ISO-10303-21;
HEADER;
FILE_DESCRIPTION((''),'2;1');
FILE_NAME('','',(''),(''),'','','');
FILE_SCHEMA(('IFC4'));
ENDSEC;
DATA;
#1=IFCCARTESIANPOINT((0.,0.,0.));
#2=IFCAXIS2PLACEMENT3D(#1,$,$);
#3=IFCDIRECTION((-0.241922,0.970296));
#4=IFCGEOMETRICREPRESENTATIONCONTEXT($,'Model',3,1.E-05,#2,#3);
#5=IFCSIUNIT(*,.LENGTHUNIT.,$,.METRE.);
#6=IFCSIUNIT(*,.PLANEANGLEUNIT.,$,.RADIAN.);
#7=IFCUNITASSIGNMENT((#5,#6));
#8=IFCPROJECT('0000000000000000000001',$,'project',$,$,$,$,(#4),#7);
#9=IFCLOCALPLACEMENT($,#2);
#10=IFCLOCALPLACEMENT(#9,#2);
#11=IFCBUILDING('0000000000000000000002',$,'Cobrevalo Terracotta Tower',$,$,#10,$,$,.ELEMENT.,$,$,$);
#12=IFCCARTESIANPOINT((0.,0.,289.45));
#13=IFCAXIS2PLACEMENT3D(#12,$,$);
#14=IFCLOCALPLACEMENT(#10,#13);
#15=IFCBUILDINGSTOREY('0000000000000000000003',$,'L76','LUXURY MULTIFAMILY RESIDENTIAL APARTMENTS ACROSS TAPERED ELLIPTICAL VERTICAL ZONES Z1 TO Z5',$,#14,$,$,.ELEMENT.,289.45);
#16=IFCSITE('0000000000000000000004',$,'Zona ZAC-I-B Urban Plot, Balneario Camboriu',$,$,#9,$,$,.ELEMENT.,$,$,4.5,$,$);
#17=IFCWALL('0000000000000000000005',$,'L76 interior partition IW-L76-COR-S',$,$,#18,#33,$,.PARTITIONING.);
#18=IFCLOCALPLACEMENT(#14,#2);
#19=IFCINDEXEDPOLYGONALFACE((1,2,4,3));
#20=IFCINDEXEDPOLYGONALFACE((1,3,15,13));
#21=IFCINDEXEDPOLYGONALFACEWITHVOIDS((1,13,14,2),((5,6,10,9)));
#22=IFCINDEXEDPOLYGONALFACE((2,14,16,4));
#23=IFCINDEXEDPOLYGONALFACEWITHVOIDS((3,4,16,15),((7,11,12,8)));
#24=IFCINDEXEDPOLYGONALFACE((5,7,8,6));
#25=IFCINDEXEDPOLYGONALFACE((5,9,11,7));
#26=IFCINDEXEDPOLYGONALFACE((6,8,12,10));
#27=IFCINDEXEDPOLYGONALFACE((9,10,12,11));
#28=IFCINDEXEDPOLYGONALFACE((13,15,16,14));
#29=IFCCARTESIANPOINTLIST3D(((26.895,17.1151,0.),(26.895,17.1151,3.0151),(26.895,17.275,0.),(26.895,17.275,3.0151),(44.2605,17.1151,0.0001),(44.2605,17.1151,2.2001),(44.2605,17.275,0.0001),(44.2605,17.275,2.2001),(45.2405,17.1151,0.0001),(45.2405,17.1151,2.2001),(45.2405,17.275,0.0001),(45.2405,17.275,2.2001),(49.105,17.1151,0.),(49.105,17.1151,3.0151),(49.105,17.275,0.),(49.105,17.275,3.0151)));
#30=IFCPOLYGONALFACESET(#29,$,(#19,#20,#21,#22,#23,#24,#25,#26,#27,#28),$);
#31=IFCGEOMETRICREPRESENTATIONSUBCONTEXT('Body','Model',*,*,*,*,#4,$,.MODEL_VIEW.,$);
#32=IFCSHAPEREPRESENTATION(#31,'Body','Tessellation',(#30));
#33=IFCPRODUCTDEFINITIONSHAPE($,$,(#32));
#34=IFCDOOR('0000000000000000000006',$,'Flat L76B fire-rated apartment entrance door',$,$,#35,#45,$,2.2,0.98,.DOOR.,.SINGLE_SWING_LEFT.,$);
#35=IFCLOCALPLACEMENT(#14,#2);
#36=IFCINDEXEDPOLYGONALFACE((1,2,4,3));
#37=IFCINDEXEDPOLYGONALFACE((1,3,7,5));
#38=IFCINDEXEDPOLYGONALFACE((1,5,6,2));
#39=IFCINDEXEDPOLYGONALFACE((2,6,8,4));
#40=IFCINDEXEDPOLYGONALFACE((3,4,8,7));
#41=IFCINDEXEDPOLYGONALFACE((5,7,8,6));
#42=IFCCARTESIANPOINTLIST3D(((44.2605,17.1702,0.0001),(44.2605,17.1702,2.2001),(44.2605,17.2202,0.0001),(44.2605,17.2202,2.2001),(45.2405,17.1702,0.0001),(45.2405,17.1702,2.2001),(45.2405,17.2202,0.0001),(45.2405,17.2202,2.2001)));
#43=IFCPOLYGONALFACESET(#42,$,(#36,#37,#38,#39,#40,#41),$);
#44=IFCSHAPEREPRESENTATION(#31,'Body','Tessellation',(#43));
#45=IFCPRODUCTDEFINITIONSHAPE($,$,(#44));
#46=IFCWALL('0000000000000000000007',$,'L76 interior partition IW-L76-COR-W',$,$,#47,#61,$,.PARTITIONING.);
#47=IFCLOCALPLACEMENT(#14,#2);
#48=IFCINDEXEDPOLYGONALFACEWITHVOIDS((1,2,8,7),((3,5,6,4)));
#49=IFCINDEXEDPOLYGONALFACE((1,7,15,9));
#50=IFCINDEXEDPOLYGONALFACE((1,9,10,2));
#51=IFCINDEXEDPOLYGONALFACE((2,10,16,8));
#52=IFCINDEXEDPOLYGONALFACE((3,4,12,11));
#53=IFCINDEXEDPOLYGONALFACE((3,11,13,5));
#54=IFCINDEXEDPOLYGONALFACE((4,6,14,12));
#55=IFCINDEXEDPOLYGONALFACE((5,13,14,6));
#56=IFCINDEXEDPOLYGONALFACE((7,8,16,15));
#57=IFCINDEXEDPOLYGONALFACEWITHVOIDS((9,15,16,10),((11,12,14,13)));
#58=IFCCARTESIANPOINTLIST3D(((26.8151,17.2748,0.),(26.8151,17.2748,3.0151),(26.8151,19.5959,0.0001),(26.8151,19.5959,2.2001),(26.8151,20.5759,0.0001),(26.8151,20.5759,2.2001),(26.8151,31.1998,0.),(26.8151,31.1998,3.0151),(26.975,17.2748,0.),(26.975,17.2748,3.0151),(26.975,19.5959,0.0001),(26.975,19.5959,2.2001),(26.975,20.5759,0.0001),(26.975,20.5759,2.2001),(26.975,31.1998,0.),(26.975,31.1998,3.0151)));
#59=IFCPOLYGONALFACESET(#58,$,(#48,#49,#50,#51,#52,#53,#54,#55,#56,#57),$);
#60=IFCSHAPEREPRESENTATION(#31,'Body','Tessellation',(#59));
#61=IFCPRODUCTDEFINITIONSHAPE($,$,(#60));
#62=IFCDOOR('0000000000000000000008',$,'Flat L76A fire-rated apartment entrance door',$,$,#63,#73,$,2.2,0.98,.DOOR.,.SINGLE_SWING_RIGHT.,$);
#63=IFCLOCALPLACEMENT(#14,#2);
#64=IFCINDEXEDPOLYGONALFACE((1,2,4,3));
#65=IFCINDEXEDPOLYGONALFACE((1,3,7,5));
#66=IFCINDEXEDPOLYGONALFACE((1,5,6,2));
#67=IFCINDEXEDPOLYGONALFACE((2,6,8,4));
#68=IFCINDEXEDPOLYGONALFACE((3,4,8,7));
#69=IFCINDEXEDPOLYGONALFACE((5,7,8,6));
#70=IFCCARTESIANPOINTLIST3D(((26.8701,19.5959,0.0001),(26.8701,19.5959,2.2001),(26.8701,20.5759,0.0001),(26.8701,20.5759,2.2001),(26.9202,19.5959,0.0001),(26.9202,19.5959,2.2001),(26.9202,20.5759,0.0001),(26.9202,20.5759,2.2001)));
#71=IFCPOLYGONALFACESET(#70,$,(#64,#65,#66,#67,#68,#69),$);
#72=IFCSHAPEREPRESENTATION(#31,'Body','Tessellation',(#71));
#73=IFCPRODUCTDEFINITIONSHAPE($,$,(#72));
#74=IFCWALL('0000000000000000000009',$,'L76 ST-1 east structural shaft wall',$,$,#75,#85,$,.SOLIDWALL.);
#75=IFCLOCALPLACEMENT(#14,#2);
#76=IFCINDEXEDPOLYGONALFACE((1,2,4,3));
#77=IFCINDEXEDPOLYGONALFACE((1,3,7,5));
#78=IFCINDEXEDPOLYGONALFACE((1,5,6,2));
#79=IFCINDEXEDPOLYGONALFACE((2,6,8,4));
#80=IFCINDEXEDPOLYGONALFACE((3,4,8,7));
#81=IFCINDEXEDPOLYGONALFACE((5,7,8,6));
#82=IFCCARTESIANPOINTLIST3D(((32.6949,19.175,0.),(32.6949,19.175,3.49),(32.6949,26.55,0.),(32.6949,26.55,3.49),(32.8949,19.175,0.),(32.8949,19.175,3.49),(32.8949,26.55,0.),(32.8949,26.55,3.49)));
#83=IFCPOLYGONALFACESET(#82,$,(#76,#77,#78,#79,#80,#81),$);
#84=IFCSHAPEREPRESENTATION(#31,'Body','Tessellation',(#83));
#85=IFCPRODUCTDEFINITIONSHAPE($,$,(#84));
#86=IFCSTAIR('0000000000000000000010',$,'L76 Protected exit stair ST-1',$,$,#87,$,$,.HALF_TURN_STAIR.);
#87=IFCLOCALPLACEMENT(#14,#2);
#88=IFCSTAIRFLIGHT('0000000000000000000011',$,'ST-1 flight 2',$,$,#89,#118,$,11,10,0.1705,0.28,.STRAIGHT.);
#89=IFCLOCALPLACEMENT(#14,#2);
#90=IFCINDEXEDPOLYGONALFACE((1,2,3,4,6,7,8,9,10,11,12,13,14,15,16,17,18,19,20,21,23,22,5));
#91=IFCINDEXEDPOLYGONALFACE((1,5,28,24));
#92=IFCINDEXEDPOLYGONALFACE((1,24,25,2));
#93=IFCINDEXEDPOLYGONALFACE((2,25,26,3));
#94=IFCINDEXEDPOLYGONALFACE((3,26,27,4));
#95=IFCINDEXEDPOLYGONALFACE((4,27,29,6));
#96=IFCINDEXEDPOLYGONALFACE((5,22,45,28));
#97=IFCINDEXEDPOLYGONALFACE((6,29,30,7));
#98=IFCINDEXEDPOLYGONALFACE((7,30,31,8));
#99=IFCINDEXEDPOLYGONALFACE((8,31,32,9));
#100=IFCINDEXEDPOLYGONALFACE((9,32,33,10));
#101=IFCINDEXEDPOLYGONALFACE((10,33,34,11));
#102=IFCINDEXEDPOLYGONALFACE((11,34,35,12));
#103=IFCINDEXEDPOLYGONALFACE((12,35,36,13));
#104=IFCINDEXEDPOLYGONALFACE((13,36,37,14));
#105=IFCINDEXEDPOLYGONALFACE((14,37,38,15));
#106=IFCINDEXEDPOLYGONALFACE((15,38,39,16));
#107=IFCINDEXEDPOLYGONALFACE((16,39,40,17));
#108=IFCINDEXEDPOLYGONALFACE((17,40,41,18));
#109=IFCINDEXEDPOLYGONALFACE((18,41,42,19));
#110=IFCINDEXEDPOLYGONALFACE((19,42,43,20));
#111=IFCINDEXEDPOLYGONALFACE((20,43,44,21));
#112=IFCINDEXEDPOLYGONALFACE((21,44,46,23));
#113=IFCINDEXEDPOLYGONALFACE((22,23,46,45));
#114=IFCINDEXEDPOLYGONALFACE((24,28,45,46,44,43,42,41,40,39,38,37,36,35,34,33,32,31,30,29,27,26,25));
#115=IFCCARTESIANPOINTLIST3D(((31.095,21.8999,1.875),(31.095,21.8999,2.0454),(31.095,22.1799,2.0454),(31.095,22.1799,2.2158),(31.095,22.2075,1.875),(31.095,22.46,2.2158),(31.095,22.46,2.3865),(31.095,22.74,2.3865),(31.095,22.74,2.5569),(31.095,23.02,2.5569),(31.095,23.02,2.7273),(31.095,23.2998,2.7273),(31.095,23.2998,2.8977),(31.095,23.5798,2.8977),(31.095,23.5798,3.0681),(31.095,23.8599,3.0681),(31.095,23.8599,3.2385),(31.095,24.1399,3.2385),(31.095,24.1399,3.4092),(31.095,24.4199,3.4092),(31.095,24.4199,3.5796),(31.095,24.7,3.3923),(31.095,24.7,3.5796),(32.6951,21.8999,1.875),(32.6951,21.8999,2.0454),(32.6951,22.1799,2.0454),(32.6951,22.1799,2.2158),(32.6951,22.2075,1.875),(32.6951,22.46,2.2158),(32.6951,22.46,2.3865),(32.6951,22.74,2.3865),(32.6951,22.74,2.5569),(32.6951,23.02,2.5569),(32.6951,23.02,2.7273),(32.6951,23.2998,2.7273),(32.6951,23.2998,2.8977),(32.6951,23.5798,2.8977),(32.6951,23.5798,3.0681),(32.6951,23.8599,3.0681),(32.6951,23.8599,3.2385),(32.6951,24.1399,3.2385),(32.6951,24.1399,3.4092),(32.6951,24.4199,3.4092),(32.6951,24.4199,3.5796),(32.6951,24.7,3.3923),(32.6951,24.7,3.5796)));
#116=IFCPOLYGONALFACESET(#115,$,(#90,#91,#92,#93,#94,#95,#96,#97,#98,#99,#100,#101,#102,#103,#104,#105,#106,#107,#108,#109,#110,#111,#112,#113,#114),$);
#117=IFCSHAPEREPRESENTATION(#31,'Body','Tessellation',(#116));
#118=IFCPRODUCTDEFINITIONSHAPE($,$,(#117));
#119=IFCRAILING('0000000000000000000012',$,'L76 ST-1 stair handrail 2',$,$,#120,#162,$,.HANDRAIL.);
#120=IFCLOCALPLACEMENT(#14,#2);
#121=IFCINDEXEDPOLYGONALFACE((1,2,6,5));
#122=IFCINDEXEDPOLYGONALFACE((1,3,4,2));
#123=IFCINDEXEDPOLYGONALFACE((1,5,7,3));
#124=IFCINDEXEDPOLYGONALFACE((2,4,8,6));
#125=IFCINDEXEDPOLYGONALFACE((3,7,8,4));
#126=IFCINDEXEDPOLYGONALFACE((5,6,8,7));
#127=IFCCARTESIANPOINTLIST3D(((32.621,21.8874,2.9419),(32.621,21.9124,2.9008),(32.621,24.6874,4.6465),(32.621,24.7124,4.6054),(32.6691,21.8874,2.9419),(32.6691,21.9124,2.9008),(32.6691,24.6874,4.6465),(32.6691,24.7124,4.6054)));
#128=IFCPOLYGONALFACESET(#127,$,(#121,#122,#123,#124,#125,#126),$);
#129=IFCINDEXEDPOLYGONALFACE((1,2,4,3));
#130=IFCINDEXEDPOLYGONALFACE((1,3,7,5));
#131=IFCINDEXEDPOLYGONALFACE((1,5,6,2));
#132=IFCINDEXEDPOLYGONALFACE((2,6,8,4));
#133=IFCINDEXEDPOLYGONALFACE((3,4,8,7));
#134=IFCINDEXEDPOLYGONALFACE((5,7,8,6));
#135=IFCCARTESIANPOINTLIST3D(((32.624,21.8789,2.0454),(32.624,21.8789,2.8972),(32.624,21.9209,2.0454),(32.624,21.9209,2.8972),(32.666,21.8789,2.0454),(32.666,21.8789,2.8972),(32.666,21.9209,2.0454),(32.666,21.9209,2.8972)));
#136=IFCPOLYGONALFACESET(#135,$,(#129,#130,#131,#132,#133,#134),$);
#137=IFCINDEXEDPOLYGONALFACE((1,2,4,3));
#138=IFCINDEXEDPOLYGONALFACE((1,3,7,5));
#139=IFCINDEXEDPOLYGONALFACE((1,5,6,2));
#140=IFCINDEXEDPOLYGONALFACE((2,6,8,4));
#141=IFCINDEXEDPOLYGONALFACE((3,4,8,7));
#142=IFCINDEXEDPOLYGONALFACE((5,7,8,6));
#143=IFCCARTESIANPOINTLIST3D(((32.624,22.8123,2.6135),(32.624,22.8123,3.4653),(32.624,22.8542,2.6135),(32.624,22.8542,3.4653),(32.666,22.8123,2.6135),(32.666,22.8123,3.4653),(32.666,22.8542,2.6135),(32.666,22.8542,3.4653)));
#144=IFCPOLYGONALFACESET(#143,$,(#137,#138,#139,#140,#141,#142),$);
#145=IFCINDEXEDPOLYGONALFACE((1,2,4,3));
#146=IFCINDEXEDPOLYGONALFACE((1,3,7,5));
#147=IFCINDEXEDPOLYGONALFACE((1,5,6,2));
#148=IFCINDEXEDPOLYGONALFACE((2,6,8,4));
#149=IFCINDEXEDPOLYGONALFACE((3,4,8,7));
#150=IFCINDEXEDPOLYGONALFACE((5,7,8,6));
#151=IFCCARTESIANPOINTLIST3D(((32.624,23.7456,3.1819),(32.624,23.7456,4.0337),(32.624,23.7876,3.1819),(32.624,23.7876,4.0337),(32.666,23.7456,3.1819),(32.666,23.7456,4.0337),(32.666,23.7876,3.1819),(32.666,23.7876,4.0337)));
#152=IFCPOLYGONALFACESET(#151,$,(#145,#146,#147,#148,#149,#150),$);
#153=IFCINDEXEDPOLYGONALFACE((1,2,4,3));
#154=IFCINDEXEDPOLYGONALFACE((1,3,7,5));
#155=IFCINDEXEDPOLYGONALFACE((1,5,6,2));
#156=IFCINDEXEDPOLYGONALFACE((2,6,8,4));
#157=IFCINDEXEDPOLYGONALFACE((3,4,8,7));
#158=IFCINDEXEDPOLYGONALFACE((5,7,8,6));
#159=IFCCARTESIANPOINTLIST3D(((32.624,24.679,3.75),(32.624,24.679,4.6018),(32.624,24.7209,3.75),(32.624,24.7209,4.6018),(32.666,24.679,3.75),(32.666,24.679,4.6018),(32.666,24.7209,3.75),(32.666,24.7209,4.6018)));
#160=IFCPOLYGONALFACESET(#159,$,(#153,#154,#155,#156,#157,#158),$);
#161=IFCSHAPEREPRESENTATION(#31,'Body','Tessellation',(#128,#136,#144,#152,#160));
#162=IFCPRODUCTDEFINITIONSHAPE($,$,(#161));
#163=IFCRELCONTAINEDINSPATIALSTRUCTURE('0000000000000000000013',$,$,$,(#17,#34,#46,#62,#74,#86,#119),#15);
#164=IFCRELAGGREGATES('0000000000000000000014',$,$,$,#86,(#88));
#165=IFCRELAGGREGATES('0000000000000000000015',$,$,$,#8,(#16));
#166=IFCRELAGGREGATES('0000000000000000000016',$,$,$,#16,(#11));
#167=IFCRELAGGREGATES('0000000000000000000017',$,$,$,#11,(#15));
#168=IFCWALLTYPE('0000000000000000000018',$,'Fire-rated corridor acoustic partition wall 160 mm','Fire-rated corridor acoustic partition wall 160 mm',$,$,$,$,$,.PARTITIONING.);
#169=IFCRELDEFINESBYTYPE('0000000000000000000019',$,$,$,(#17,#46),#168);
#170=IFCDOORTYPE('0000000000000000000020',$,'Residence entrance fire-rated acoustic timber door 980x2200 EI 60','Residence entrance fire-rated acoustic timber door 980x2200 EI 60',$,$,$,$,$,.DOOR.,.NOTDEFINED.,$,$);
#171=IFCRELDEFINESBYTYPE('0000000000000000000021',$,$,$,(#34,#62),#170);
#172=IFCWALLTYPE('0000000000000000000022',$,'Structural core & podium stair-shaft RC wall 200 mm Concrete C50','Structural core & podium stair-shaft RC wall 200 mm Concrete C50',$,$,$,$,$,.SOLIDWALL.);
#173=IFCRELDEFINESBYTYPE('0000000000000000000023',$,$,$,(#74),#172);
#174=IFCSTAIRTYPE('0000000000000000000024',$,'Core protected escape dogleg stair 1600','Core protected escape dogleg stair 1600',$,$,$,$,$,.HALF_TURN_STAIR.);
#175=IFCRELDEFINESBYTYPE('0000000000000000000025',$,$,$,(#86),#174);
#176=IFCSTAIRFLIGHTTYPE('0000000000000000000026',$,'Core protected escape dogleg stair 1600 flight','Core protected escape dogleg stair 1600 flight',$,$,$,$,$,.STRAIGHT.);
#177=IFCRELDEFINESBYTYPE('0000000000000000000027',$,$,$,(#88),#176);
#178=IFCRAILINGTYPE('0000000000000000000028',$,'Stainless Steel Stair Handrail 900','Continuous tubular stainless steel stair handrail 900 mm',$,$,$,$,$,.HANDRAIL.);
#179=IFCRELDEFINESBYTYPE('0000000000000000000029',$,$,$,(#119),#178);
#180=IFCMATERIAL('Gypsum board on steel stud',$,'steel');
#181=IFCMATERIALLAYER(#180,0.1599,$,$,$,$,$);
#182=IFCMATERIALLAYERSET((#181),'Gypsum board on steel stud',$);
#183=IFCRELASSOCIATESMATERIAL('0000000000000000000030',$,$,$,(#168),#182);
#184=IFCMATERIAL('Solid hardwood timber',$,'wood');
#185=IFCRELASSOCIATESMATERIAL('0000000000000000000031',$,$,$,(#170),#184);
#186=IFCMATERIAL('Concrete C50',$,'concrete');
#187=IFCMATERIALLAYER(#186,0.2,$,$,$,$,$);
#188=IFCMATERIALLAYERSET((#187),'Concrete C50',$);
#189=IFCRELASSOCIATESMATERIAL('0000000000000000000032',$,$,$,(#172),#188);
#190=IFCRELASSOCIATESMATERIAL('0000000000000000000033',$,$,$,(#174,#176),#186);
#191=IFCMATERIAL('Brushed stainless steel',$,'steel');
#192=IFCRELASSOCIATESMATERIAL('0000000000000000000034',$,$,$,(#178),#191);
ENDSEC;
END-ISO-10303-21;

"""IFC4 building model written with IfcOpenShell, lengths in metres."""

from ifc_helpers import new_model, si_unit, direction, frame, frame_2d, origin, origin_2d, place, context, subcontext, project, spatial, polyline, rectangle, outline, extrude, source, transform, mapped, material, layer, layer_set, type_object, element, fill, aggregate, save


model = new_model("IFC4")

# Units and contexts
model_context = context("Model", 3, precision=1e-05, world=origin(), true_north=direction((-0.241922, 0.970296)))
body_context = subcontext(model_context, "Body", "Model", "MODEL_VIEW")
ifc_project = project(units=[si_unit("LENGTHUNIT", "METRE"), si_unit("PLANEANGLEUNIT", "RADIAN")], contexts=[model_context])

# Site, building, storey
site_placement = place(None, origin())
site = spatial("IfcSite", under=ifc_project, at=site_placement, Name="Zona ZAC-I-B Urban Plot, Balneario Camboriu", CompositionType="ELEMENT", RefElevation=4.5)
building_placement = place(site_placement, origin())
building = spatial("IfcBuilding", under=site, at=building_placement, Name="Cobrevalo Terracotta Tower", CompositionType="ELEMENT")
storey_placement = place(building_placement, frame((0.0, 0.0, 289.45)))
storey = spatial("IfcBuildingStorey", under=building, at=storey_placement, Name="L76", Description="LUXURY MULTIFAMILY RESIDENTIAL APARTMENTS ACROSS TAPERED ELLIPTICAL VERTICAL ZONES Z1 TO Z5", CompositionType="ELEMENT", Elevation=289.45)

# Shared definitions
ifc_material_1 = material(Name="Concrete C50", Category="concrete")

# Walls, openings, doors
ifc_material_2 = material(Name="Gypsum board on steel stud", Category="steel")
ifc_layer_1 = layer(ifc_material_2, 0.1599)
ifc_layer_set_1 = layer_set([ifc_layer_1], Name="Gypsum board on steel stud")
wall_type_1 = type_object("IfcWallType", Name="Fire-rated corridor acoustic partition wall 160 mm", Description="Fire-rated corridor acoustic partition wall 160 mm", PredefinedType="PARTITIONING", material=ifc_layer_set_1)
wall_1_placement = place(storey_placement, frame((26.895, 17.1951, 0.0), z_axis=(0.0, 0.0, 1.0), x_axis=(1.0, 0.0, 0.0)))
wall_1 = element("IfcWall", 1, at=wall_1_placement, inside=storey, type_object=wall_type_1, Name="L76 interior partition IW-L76-COR-S", PredefinedType="PARTITIONING", context=body_context, shape_type="SweptSolid", body=[
    extrude(rectangle(XDim=22.21, YDim=0.1599, at=frame_2d((11.105, 0.0))), origin(), (0.0, 0.0, 1.0), 3.0151),
])
opening_1_placement = place(wall_1_placement, frame((17.3655, 0.0, 0.0)))
opening_1 = element("IfcOpeningElement", 2, at=opening_1_placement, cuts=wall_1, PredefinedType="OPENING", context=body_context, shape_type="SweptSolid", body=[
    extrude(rectangle(XDim=0.98, YDim=2.2, at=frame_2d((0.49, 1.1001))), frame((0.0, 0.0898, 0.0), z_axis=(0.0, -1.0, 0.0), x_axis=(1.0, 0.0, 0.0)), (0.0, 0.0, 1.0), 0.1799),
])
ifc_material_3 = material(Name="Solid hardwood timber", Category="wood")
door_type_1 = type_object("IfcDoorType", Name="Residence entrance fire-rated acoustic timber door 980x2200 EI 60", Description="Residence entrance fire-rated acoustic timber door 980x2200 EI 60", OperationType="NOTDEFINED", PredefinedType="DOOR", material=ifc_material_3)
shared_shape_1 = source(origin(), body_context, "Body", "SweptSolid", [
    extrude(rectangle(XDim=0.98, YDim=2.2, at=frame_2d((0.49, 1.1001))), frame((0.0, 0.0249, 0.0), z_axis=(0.0, -1.0, 0.0), x_axis=(1.0, 0.0, 0.0)), (0.0, 0.0, 1.0), 0.05),
])
door_1_placement = place(opening_1_placement, frame((0.98, 0.0, 0.0), z_axis=(0.0, 0.0, 1.0), x_axis=(-1.0, 0.0, 0.0)))
door_1 = element("IfcDoor", 3, at=door_1_placement, inside=storey, type_object=door_type_1, Name="Flat L76B fire-rated apartment entrance door", OperationType="SINGLE_SWING_LEFT", OverallHeight=2.2, OverallWidth=0.98, PredefinedType="DOOR", context=body_context, shape_type="MappedRepresentation", body=[
    mapped(shared_shape_1, transform((0.0, 0.0, 0.0), scale=1.0)),
])
fill(opening_1, door_1)
wall_2_placement = place(storey_placement, frame((26.895, 17.2749, 0.0), z_axis=(0.0, 0.0, 1.0), x_axis=(0.0, 1.0, 0.0)))
wall_2 = element("IfcWall", 4, at=wall_2_placement, inside=storey, type_object=wall_type_1, Name="L76 interior partition IW-L76-COR-W", PredefinedType="PARTITIONING", context=body_context, shape_type="SweptSolid", body=[
    extrude(rectangle(XDim=13.925, YDim=0.1599, at=frame_2d((6.9624, 0.0))), origin(), (0.0, 0.0, 1.0), 3.0151),
])
opening_2_placement = place(wall_2_placement, frame((2.321, 0.0, 0.0)))
opening_2 = element("IfcOpeningElement", 5, at=opening_2_placement, cuts=wall_2, PredefinedType="OPENING", context=body_context, shape_type="SweptSolid", body=[
    extrude(rectangle(XDim=0.98, YDim=2.2, at=frame_2d((0.49, 1.1001))), frame((0.0, 0.0898, 0.0), z_axis=(0.0, -1.0, 0.0), x_axis=(1.0, 0.0, 0.0)), (0.0, 0.0, 1.0), 0.1799),
])
door_2_placement = place(opening_2_placement, origin())
door_2 = element("IfcDoor", 6, at=door_2_placement, inside=storey, type_object=door_type_1, Name="Flat L76A fire-rated apartment entrance door", OperationType="SINGLE_SWING_RIGHT", OverallHeight=2.2, OverallWidth=0.98, PredefinedType="DOOR", context=body_context, shape_type="MappedRepresentation", body=[
    mapped(shared_shape_1, transform((0.0, 0.0, 0.0), scale=1.0)),
])
fill(opening_2, door_2)

# Wall
ifc_layer_2 = layer(ifc_material_1, 0.2)
ifc_layer_set_2 = layer_set([ifc_layer_2], Name="Concrete C50")
wall_type_2 = type_object("IfcWallType", Name="Structural core & podium stair-shaft RC wall 200 mm Concrete C50", Description="Structural core & podium stair-shaft RC wall 200 mm Concrete C50", PredefinedType="SOLIDWALL", material=ifc_layer_set_2)
wall_3_placement = place(storey_placement, frame((32.7949, 19.175, 0.0), z_axis=(0.0, 0.0, 1.0), x_axis=(0.0, 1.0, 0.0)))
element("IfcWall", 7, at=wall_3_placement, inside=storey, type_object=wall_type_2, Name="L76 ST-1 east structural shaft wall", PredefinedType="SOLIDWALL", context=body_context, shape_type="SweptSolid", body=[
    extrude(rectangle(XDim=7.375, YDim=0.2, at=frame_2d((3.6875, 0.0))), origin(), (0.0, 0.0, 1.0), 3.49),
])

# Stair, stair flight
stair_type = type_object("IfcStairType", Name="Core protected escape dogleg stair 1600", Description="Core protected escape dogleg stair 1600", PredefinedType="HALF_TURN_STAIR", material=ifc_material_1)
stair_placement = place(storey_placement, origin())
stair = element("IfcStair", 8, at=stair_placement, inside=storey, type_object=stair_type, Name="L76 Protected exit stair ST-1", PredefinedType="HALF_TURN_STAIR")
stair_flight_type = type_object("IfcStairFlightType", Name="Core protected escape dogleg stair 1600 flight", Description="Core protected escape dogleg stair 1600 flight", PredefinedType="STRAIGHT", material=ifc_material_1)
stair_flight_placement = place(storey_placement, frame((31.895, 21.8999, 1.875), z_axis=(0.0, 0.0, 1.0), x_axis=(0.0, 1.0, 0.0)))
stair_flight = element("IfcStairFlight", 9, at=stair_flight_placement, type_object=stair_flight_type, Name="ST-1 flight 2", NumberOfRisers=11, NumberOfTreads=10, PredefinedType="STRAIGHT", RiserHeight=0.1705, TreadLength=0.28, context=body_context, shape_type="SweptSolid", body=[
    extrude(outline(polyline([(0.0, 0.0), (0.0, 0.1704), (0.28, 0.1704), (0.28, 0.3408), (0.5601, 0.3408), (0.5601, 0.5115), (0.8401, 0.5115), (0.8401, 0.6819), (1.1201, 0.6819), (1.1201, 0.8523), (1.3999, 0.8523), (1.3999, 1.0227), (1.6799, 1.0227), (1.6799, 1.1931), (1.96, 1.1931), (1.96, 1.3635), (2.24, 1.3635), (2.24, 1.5342), (2.52, 1.5342), (2.52, 1.7046), (2.8, 1.7046), (2.8, 1.875), (2.8, 1.5173), (0.3076, 0.0), (0.0, 0.0)])), frame((0.0, 0.8, 0.0), z_axis=(0.0, -1.0, 0.0), x_axis=(1.0, 0.0, 0.0)), (0.0, 0.0, 1.0), 1.6001),
])
aggregate(stair, [stair_flight])

# Railing
ifc_material_4 = material(Name="Brushed stainless steel", Category="steel")
railing_type_1 = type_object("IfcRailingType", Name="Stainless Steel Stair Handrail 900", Description="Continuous tubular stainless steel stair handrail 900 mm", PredefinedType="HANDRAIL", material=ifc_material_4)
railing_1_placement = place(storey_placement, frame((32.645, 21.8999, 2.0454)))
element("IfcRailing", 10, at=railing_1_placement, inside=storey, type_object=railing_type_1, Name="L76 ST-1 stair handrail 2", PredefinedType="HANDRAIL", context=body_context, shape_type="SweptSolid", body=[
    extrude(rectangle(XDim=0.0481, YDim=0.0481, at=origin_2d()), frame((0.0, 0.0, 0.876), z_axis=(0.0, 0.85417, 0.519994), x_axis=(-1.0, 0.0, 0.0)), (0.0, 0.0, 1.0), 3.2781),
    extrude(rectangle(XDim=0.042, YDim=0.042, at=origin_2d()), origin(), (0.0, 0.0, 1.0), 0.8518),
    extrude(rectangle(XDim=0.042, YDim=0.042, at=origin_2d()), frame((0.0, 0.9333, 0.5681)), (0.0, 0.0, 1.0), 0.8518),
    extrude(rectangle(XDim=0.042, YDim=0.042, at=origin_2d()), frame((0.0, 1.8667, 1.1365)), (0.0, 0.0, 1.0), 0.8518),
    extrude(rectangle(XDim=0.042, YDim=0.042, at=origin_2d()), frame((0.0, 2.8, 1.7046)), (0.0, 0.0, 1.0), 0.8518),
])

save(model, "model.ifc")
